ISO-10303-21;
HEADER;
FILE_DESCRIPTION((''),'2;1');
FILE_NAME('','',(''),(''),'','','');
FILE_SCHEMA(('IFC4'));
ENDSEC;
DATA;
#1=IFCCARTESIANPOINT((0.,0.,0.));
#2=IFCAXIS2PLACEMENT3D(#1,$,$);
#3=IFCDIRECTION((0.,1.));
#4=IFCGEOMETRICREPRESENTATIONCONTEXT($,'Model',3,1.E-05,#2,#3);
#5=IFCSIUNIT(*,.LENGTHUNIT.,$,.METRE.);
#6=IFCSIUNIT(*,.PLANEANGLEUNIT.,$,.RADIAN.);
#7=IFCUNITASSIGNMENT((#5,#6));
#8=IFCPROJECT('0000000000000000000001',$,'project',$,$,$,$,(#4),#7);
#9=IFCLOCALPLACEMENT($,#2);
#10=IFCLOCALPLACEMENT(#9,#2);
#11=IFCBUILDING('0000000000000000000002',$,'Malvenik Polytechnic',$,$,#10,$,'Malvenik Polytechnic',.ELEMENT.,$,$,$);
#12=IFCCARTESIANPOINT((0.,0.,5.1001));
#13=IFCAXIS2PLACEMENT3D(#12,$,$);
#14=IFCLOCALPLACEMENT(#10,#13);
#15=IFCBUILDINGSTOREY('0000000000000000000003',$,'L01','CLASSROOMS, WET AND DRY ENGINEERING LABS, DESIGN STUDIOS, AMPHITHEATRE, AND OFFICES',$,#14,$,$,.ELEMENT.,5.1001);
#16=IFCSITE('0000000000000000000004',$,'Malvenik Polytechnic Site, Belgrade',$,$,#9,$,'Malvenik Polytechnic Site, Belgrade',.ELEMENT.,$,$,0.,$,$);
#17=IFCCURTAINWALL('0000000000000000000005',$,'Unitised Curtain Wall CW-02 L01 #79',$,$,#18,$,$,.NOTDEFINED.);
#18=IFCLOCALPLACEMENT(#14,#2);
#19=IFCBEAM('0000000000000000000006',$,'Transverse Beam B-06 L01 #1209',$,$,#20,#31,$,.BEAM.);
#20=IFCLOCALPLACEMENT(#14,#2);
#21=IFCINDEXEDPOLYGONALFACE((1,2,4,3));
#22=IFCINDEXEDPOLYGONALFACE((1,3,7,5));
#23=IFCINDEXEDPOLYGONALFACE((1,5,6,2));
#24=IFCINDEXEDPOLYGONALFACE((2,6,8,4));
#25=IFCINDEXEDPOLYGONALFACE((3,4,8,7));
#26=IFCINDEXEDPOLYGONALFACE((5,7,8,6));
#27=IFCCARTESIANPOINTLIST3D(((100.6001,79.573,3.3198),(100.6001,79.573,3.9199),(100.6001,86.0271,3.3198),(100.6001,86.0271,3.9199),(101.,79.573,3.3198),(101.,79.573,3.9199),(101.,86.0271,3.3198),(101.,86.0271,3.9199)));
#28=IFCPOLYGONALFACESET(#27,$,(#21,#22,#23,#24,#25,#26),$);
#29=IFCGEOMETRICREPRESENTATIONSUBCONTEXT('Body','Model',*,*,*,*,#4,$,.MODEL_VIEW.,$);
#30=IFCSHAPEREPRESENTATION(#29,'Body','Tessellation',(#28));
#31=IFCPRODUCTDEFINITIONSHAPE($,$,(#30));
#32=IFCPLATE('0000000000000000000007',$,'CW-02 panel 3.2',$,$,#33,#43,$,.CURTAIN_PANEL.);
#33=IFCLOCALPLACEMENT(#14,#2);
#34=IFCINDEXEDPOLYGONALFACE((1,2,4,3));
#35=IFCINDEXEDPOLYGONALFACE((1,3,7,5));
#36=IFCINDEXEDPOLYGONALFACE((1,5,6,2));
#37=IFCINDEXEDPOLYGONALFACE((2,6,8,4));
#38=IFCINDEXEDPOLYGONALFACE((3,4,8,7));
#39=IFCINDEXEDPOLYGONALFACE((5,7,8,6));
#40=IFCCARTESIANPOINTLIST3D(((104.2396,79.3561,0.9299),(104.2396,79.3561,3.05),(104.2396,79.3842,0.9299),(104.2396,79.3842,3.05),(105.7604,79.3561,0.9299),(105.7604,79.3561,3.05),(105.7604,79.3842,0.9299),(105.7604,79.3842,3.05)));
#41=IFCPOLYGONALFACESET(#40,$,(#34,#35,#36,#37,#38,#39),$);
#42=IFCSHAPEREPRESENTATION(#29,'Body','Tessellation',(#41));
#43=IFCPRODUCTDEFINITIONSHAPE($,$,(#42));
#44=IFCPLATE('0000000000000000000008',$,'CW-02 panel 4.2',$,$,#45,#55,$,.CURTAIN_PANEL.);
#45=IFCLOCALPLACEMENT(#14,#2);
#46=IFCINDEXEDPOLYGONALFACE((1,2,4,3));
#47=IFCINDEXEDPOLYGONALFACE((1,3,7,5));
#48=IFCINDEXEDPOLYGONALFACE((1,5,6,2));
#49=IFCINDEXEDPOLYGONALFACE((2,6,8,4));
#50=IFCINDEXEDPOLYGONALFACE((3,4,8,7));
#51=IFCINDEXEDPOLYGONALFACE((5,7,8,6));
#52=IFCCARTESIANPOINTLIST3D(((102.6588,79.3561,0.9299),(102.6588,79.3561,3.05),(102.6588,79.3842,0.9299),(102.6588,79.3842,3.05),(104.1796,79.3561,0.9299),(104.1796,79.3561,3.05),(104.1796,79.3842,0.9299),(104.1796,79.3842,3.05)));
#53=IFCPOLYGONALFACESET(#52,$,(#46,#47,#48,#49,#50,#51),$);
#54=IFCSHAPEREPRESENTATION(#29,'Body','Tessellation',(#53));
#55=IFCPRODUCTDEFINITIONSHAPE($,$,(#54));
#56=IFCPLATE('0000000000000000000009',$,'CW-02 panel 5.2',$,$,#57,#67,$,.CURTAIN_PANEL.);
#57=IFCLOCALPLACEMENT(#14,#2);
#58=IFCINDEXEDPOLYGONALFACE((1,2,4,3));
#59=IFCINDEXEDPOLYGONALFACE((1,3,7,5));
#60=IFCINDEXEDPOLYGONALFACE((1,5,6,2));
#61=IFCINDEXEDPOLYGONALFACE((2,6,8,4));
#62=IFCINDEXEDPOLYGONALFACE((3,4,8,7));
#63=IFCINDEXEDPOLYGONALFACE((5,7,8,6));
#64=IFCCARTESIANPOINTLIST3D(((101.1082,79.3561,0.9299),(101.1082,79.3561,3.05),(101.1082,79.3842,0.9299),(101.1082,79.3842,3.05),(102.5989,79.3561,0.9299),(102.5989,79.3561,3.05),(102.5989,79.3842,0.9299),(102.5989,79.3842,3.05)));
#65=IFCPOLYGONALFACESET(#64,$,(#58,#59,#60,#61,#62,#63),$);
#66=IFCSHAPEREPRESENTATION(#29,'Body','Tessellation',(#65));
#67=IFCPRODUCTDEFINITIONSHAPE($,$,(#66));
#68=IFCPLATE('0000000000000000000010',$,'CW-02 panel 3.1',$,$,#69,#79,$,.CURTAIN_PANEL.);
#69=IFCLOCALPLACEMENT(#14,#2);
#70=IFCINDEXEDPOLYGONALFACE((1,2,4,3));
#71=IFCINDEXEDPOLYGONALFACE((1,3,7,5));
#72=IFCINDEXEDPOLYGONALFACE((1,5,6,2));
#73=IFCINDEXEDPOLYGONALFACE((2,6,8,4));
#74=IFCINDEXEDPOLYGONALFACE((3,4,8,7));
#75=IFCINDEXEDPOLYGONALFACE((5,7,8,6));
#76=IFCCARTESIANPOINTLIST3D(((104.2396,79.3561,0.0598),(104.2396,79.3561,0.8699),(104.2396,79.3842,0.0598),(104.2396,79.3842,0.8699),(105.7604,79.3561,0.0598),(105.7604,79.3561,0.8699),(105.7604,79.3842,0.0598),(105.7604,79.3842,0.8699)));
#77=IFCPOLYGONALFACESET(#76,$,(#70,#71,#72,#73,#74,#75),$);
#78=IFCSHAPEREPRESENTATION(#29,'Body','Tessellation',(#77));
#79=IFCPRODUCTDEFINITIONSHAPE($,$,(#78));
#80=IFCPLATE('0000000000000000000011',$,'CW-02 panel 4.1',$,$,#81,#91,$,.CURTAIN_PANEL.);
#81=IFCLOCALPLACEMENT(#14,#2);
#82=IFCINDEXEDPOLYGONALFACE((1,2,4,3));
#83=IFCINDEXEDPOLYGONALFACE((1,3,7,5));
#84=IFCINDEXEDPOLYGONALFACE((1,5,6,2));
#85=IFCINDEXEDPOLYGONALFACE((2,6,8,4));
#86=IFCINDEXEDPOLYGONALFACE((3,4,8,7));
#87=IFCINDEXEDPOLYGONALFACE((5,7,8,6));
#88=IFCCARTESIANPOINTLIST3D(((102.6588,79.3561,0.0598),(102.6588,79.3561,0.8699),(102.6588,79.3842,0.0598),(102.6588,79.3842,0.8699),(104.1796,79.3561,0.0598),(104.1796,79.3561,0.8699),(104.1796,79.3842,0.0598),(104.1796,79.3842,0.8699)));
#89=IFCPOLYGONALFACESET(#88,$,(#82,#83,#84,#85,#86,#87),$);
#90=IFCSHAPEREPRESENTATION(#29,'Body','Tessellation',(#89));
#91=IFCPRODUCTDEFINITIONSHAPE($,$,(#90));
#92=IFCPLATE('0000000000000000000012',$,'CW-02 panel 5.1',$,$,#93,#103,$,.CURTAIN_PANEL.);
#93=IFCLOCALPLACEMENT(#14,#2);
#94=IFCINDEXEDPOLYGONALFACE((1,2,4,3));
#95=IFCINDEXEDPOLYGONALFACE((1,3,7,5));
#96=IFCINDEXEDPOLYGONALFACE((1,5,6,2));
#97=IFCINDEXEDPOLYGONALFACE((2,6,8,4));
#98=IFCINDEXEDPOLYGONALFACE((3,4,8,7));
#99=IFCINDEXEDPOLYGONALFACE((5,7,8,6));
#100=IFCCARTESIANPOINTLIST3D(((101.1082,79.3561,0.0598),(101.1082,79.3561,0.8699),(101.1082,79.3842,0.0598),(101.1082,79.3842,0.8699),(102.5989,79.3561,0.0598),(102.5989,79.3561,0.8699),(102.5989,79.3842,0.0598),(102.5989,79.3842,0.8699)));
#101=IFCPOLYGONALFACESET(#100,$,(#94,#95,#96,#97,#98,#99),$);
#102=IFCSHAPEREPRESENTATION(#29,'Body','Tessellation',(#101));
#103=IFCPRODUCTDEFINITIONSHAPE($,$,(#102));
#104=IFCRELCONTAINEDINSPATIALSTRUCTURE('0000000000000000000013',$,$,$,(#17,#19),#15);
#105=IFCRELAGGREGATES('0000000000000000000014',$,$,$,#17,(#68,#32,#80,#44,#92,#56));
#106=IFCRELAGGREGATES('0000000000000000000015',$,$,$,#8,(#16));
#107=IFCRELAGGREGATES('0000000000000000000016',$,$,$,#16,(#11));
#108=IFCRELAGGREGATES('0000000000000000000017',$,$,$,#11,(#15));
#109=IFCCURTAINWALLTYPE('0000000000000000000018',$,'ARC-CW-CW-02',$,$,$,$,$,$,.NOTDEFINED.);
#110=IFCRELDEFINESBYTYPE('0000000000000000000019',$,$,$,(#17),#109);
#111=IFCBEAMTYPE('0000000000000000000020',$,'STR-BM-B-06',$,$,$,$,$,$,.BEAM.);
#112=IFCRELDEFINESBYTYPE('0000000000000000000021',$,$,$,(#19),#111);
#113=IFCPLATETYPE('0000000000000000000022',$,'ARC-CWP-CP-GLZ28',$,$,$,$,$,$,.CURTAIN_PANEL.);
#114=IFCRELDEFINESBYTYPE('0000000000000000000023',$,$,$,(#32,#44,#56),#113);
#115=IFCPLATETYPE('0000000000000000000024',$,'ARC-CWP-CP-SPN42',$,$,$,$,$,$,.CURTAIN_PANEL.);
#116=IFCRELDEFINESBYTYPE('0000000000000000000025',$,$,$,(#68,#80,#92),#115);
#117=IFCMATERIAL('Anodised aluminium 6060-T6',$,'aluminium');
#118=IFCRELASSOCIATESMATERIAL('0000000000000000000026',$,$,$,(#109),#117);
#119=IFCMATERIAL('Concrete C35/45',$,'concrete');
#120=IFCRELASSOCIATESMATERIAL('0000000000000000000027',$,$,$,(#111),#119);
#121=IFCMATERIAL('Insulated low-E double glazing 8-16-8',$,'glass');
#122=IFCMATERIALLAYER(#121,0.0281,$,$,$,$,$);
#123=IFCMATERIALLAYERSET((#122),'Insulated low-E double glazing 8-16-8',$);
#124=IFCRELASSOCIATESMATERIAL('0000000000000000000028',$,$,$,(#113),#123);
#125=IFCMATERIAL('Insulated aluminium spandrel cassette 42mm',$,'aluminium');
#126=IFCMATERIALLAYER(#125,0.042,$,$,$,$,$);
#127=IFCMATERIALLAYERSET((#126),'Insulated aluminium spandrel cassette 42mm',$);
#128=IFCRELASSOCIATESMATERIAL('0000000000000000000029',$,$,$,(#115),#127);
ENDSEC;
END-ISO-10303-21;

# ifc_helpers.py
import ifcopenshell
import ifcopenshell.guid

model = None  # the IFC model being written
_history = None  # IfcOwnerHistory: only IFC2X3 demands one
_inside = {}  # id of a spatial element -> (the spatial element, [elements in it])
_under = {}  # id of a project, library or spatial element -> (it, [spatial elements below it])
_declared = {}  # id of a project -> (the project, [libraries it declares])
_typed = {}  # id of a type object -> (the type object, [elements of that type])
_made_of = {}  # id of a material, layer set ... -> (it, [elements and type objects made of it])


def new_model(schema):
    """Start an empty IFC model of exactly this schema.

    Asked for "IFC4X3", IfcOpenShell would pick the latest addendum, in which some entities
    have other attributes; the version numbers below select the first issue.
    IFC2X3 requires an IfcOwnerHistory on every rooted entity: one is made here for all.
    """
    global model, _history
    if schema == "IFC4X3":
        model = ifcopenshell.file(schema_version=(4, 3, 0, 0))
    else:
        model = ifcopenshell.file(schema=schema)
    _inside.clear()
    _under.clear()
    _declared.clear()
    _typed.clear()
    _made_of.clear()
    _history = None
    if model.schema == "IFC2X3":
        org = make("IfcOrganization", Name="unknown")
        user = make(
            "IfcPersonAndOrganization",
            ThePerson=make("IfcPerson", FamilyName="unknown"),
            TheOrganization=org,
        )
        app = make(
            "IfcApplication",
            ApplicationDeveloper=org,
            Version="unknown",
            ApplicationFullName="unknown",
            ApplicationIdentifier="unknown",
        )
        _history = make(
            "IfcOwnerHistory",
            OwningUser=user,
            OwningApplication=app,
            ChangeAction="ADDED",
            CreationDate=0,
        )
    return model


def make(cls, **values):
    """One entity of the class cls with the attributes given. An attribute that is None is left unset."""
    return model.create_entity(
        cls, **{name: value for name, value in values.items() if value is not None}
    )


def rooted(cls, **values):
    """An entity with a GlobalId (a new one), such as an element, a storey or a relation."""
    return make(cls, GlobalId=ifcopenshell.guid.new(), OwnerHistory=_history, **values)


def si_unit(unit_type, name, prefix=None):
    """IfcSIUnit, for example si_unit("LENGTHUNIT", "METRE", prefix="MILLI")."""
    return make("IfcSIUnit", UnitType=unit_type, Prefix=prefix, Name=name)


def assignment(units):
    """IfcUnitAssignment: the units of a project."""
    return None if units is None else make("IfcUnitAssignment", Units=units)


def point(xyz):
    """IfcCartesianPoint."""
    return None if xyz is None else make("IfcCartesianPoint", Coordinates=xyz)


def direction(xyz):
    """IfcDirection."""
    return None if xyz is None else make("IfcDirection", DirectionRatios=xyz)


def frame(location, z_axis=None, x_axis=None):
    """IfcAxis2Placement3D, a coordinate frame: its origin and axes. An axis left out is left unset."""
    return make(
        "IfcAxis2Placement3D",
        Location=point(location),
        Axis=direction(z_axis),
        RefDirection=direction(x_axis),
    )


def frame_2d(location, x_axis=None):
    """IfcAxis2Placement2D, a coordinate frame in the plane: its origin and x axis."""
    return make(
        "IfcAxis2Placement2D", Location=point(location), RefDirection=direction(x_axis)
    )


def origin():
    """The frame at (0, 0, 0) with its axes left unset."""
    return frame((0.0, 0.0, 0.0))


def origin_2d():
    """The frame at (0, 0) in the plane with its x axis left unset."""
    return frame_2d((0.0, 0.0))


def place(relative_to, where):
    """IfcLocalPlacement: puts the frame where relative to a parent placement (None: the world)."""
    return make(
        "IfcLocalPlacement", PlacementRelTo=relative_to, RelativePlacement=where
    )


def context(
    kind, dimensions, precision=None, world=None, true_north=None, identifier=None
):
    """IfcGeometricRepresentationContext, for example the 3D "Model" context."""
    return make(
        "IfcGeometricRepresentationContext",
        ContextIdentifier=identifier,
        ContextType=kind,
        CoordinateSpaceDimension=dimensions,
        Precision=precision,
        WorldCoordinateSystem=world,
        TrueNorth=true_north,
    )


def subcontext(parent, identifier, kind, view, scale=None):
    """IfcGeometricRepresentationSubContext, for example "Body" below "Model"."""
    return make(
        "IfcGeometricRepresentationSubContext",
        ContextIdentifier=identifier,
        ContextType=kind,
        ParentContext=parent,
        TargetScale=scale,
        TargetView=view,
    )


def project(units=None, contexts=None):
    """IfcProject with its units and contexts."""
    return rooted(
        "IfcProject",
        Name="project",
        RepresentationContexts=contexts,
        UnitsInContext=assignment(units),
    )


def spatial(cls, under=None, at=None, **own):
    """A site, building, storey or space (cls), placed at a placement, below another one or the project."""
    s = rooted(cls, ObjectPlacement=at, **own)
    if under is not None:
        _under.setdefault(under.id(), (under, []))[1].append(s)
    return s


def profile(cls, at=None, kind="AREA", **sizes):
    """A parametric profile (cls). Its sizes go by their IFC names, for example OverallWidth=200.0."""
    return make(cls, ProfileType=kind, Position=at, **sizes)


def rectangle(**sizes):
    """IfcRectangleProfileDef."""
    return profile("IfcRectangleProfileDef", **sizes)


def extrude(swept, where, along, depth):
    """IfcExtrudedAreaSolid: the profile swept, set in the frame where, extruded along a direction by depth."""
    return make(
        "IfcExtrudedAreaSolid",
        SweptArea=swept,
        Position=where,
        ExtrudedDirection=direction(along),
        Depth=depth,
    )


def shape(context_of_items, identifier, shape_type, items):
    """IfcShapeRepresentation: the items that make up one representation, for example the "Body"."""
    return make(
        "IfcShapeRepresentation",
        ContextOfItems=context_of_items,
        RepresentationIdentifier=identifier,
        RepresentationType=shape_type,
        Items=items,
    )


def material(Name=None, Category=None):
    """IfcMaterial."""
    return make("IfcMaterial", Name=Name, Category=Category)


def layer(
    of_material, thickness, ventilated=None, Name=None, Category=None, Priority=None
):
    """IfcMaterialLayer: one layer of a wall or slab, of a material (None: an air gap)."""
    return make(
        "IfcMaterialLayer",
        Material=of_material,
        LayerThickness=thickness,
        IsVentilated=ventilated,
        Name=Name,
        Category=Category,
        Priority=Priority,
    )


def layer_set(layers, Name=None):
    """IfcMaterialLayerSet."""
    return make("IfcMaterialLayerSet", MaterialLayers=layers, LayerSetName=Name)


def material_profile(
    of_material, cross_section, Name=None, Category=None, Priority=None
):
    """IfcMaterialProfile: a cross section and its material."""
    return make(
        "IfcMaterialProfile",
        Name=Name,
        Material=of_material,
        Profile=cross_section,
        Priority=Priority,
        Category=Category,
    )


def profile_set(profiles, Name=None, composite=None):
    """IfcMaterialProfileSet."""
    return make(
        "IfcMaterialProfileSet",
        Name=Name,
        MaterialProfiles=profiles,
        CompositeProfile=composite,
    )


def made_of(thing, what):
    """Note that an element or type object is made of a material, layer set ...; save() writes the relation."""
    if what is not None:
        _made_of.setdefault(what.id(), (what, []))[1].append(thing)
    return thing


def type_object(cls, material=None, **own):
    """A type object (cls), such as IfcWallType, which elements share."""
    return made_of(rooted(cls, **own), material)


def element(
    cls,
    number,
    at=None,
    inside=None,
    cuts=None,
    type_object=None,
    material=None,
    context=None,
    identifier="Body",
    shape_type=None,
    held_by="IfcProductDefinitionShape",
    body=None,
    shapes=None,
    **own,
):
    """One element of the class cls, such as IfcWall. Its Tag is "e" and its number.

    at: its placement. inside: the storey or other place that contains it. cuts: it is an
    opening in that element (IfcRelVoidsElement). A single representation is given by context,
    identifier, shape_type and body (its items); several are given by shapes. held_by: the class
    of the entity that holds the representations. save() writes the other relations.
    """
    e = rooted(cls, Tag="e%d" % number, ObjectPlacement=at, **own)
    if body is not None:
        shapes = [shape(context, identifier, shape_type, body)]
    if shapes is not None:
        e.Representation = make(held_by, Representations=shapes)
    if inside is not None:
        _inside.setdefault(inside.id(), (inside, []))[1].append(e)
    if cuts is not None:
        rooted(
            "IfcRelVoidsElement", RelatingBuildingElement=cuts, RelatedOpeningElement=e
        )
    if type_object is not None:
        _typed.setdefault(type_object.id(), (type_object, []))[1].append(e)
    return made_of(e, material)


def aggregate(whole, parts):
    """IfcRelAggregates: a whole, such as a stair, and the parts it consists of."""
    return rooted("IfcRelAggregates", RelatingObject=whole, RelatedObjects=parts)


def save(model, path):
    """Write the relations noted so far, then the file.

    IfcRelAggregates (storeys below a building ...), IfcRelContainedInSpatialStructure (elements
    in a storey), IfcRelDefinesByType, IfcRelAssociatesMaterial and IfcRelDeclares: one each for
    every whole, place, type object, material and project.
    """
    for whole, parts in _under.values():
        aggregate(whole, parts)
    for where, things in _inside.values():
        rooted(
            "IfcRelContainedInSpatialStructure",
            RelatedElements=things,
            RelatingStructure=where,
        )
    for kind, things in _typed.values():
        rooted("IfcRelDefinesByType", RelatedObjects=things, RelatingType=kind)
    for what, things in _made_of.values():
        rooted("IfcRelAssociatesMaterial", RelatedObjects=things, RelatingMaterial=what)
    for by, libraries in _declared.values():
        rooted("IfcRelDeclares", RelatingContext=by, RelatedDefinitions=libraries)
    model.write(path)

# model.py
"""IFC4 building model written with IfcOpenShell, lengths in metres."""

from ifc_helpers import new_model, si_unit, direction, frame, origin, origin_2d, place, context, subcontext, project, spatial, rectangle, extrude, material, layer, layer_set, material_profile, profile_set, type_object, element, aggregate, save


model = new_model("IFC4")

# Units and contexts
model_context = context("Model", 3, precision=1e-05, world=origin(), true_north=direction((0.0, 1.0)))
body_context = subcontext(model_context, "Body", "Model", "MODEL_VIEW")
ifc_project = project(units=[si_unit("LENGTHUNIT", "METRE"), si_unit("PLANEANGLEUNIT", "RADIAN")], contexts=[model_context])

# Site, building, storey
site_placement = place(None, origin())
site = spatial("IfcSite", under=ifc_project, at=site_placement, Name="Malvenik Polytechnic Site, Belgrade", LongName="Malvenik Polytechnic Site, Belgrade", CompositionType="ELEMENT", RefElevation=0.0)
building_placement = place(site_placement, origin())
building = spatial("IfcBuilding", under=site, at=building_placement, Name="Malvenik Polytechnic", LongName="Malvenik Polytechnic", CompositionType="ELEMENT")
storey_placement = place(building_placement, frame((0.0, 0.0, 5.1001)))
storey = spatial("IfcBuildingStorey", under=building, at=storey_placement, Name="L01", Description="CLASSROOMS, WET AND DRY ENGINEERING LABS, DESIGN STUDIOS, AMPHITHEATRE, AND OFFICES", CompositionType="ELEMENT", Elevation=5.1001)

# Shared definitions
ifc_material_1 = material(Name="Anodised aluminium 6060-T6", Category="aluminium")
curtain_wall_type = type_object("IfcCurtainWallType", Name="ARC-CW-CW-02", PredefinedType="NOTDEFINED", material=ifc_material_1)

# Curtain wall
curtain_wall_1_placement = place(storey_placement, origin())
curtain_wall_1 = element("IfcCurtainWall", 1, at=curtain_wall_1_placement, inside=storey, type_object=curtain_wall_type, Name="Unitised Curtain Wall CW-02 L01 #79", PredefinedType="NOTDEFINED")

# Beam
ifc_material_2 = material(Name="Concrete C35/45", Category="concrete")
ifc_material_profile_1 = material_profile(ifc_material_2, rectangle(XDim=0.3999, YDim=0.6001, at=origin_2d()), Name="RC BM 400x600")
ifc_profile_set_1 = profile_set([ifc_material_profile_1], Name="Concrete C35/45")
beam_type = type_object("IfcBeamType", Name="STR-BM-B-06", PredefinedType="BEAM", material=ifc_profile_set_1)
beam_placement = place(storey_placement, frame((100.8, 79.573, 3.6199), z_axis=(0.0, 1.0, 0.0), x_axis=(-1.0, 0.0, 0.0)))
element("IfcBeam", 2, at=beam_placement, inside=storey, type_object=beam_type, Name="Transverse Beam B-06 L01 #1209", PredefinedType="BEAM", context=body_context, shape_type="SweptSolid", body=[
    extrude(rectangle(XDim=0.3999, YDim=0.6001, at=origin_2d()), origin(), (0.0, 0.0, 1.0), 6.4541),
])

# Plates
ifc_material_3 = material(Name="Insulated low-E double glazing 8-16-8", Category="glass")
ifc_layer_1 = layer(ifc_material_3, 0.0281)
ifc_layer_set_1 = layer_set([ifc_layer_1], Name="Insulated low-E double glazing 8-16-8")
plate_type_1 = type_object("IfcPlateType", Name="ARC-CWP-CP-GLZ28", PredefinedType="CURTAIN_PANEL", material=ifc_layer_set_1)
plate_1_placement = place(storey_placement, frame((105.0, 79.3701, 0.9299), z_axis=(0.0, 0.0, 1.0), x_axis=(-1.0, 0.0, 0.0)))
plate_1 = element("IfcPlate", 3, at=plate_1_placement, type_object=plate_type_1, Name="CW-02 panel 3.2", PredefinedType="CURTAIN_PANEL", context=body_context, shape_type="SweptSolid", body=[
    extrude(rectangle(XDim=1.5208, YDim=0.0281, at=origin_2d()), origin(), (0.0, 0.0, 1.0), 2.1201),
])
plate_2_placement = place(storey_placement, frame((103.4192, 79.3701, 0.9299), z_axis=(0.0, 0.0, 1.0), x_axis=(-1.0, 0.0, 0.0)))
plate_2 = element("IfcPlate", 4, at=plate_2_placement, type_object=plate_type_1, Name="CW-02 panel 4.2", PredefinedType="CURTAIN_PANEL", context=body_context, shape_type="SweptSolid", body=[
    extrude(rectangle(XDim=1.5208, YDim=0.0281, at=origin_2d()), origin(), (0.0, 0.0, 1.0), 2.1201),
])
plate_3_placement = place(storey_placement, frame((101.8535, 79.3701, 0.9299), z_axis=(0.0, 0.0, 1.0), x_axis=(-1.0, 0.0, 0.0)))
plate_3 = element("IfcPlate", 5, at=plate_3_placement, type_object=plate_type_1, Name="CW-02 panel 5.2", PredefinedType="CURTAIN_PANEL", context=body_context, shape_type="SweptSolid", body=[
    extrude(rectangle(XDim=1.4907, YDim=0.0281, at=origin_2d()), origin(), (0.0, 0.0, 1.0), 2.1201),
])
ifc_material_4 = material(Name="Insulated aluminium spandrel cassette 42mm", Category="aluminium")
ifc_layer_2 = layer(ifc_material_4, 0.042)
ifc_layer_set_2 = layer_set([ifc_layer_2], Name="Insulated aluminium spandrel cassette 42mm")
plate_type_2 = type_object("IfcPlateType", Name="ARC-CWP-CP-SPN42", PredefinedType="CURTAIN_PANEL", material=ifc_layer_set_2)
plate_4_placement = place(storey_placement, frame((105.0, 79.3701, 0.0598), z_axis=(0.0, 0.0, 1.0), x_axis=(-1.0, 0.0, 0.0)))
plate_4 = element("IfcPlate", 6, at=plate_4_placement, type_object=plate_type_2, Name="CW-02 panel 3.1", PredefinedType="CURTAIN_PANEL", context=body_context, shape_type="SweptSolid", body=[
    extrude(rectangle(XDim=1.5208, YDim=0.0281, at=origin_2d()), origin(), (0.0, 0.0, 1.0), 0.8101),
])
plate_5_placement = place(storey_placement, frame((103.4192, 79.3701, 0.0598), z_axis=(0.0, 0.0, 1.0), x_axis=(-1.0, 0.0, 0.0)))
plate_5 = element("IfcPlate", 7, at=plate_5_placement, type_object=plate_type_2, Name="CW-02 panel 4.1", PredefinedType="CURTAIN_PANEL", context=body_context, shape_type="SweptSolid", body=[
    extrude(rectangle(XDim=1.5208, YDim=0.0281, at=origin_2d()), origin(), (0.0, 0.0, 1.0), 0.8101),
])
plate_6_placement = place(storey_placement, frame((101.8535, 79.3701, 0.0598), z_axis=(0.0, 0.0, 1.0), x_axis=(-1.0, 0.0, 0.0)))
plate_6 = element("IfcPlate", 8, at=plate_6_placement, type_object=plate_type_2, Name="CW-02 panel 5.1", PredefinedType="CURTAIN_PANEL", context=body_context, shape_type="SweptSolid", body=[
    extrude(rectangle(XDim=1.4907, YDim=0.0281, at=origin_2d()), origin(), (0.0, 0.0, 1.0), 0.8101),
])
aggregate(curtain_wall_1, [plate_4, plate_1, plate_5, plate_2, plate_6, plate_3])

save(model, "model.ifc")
